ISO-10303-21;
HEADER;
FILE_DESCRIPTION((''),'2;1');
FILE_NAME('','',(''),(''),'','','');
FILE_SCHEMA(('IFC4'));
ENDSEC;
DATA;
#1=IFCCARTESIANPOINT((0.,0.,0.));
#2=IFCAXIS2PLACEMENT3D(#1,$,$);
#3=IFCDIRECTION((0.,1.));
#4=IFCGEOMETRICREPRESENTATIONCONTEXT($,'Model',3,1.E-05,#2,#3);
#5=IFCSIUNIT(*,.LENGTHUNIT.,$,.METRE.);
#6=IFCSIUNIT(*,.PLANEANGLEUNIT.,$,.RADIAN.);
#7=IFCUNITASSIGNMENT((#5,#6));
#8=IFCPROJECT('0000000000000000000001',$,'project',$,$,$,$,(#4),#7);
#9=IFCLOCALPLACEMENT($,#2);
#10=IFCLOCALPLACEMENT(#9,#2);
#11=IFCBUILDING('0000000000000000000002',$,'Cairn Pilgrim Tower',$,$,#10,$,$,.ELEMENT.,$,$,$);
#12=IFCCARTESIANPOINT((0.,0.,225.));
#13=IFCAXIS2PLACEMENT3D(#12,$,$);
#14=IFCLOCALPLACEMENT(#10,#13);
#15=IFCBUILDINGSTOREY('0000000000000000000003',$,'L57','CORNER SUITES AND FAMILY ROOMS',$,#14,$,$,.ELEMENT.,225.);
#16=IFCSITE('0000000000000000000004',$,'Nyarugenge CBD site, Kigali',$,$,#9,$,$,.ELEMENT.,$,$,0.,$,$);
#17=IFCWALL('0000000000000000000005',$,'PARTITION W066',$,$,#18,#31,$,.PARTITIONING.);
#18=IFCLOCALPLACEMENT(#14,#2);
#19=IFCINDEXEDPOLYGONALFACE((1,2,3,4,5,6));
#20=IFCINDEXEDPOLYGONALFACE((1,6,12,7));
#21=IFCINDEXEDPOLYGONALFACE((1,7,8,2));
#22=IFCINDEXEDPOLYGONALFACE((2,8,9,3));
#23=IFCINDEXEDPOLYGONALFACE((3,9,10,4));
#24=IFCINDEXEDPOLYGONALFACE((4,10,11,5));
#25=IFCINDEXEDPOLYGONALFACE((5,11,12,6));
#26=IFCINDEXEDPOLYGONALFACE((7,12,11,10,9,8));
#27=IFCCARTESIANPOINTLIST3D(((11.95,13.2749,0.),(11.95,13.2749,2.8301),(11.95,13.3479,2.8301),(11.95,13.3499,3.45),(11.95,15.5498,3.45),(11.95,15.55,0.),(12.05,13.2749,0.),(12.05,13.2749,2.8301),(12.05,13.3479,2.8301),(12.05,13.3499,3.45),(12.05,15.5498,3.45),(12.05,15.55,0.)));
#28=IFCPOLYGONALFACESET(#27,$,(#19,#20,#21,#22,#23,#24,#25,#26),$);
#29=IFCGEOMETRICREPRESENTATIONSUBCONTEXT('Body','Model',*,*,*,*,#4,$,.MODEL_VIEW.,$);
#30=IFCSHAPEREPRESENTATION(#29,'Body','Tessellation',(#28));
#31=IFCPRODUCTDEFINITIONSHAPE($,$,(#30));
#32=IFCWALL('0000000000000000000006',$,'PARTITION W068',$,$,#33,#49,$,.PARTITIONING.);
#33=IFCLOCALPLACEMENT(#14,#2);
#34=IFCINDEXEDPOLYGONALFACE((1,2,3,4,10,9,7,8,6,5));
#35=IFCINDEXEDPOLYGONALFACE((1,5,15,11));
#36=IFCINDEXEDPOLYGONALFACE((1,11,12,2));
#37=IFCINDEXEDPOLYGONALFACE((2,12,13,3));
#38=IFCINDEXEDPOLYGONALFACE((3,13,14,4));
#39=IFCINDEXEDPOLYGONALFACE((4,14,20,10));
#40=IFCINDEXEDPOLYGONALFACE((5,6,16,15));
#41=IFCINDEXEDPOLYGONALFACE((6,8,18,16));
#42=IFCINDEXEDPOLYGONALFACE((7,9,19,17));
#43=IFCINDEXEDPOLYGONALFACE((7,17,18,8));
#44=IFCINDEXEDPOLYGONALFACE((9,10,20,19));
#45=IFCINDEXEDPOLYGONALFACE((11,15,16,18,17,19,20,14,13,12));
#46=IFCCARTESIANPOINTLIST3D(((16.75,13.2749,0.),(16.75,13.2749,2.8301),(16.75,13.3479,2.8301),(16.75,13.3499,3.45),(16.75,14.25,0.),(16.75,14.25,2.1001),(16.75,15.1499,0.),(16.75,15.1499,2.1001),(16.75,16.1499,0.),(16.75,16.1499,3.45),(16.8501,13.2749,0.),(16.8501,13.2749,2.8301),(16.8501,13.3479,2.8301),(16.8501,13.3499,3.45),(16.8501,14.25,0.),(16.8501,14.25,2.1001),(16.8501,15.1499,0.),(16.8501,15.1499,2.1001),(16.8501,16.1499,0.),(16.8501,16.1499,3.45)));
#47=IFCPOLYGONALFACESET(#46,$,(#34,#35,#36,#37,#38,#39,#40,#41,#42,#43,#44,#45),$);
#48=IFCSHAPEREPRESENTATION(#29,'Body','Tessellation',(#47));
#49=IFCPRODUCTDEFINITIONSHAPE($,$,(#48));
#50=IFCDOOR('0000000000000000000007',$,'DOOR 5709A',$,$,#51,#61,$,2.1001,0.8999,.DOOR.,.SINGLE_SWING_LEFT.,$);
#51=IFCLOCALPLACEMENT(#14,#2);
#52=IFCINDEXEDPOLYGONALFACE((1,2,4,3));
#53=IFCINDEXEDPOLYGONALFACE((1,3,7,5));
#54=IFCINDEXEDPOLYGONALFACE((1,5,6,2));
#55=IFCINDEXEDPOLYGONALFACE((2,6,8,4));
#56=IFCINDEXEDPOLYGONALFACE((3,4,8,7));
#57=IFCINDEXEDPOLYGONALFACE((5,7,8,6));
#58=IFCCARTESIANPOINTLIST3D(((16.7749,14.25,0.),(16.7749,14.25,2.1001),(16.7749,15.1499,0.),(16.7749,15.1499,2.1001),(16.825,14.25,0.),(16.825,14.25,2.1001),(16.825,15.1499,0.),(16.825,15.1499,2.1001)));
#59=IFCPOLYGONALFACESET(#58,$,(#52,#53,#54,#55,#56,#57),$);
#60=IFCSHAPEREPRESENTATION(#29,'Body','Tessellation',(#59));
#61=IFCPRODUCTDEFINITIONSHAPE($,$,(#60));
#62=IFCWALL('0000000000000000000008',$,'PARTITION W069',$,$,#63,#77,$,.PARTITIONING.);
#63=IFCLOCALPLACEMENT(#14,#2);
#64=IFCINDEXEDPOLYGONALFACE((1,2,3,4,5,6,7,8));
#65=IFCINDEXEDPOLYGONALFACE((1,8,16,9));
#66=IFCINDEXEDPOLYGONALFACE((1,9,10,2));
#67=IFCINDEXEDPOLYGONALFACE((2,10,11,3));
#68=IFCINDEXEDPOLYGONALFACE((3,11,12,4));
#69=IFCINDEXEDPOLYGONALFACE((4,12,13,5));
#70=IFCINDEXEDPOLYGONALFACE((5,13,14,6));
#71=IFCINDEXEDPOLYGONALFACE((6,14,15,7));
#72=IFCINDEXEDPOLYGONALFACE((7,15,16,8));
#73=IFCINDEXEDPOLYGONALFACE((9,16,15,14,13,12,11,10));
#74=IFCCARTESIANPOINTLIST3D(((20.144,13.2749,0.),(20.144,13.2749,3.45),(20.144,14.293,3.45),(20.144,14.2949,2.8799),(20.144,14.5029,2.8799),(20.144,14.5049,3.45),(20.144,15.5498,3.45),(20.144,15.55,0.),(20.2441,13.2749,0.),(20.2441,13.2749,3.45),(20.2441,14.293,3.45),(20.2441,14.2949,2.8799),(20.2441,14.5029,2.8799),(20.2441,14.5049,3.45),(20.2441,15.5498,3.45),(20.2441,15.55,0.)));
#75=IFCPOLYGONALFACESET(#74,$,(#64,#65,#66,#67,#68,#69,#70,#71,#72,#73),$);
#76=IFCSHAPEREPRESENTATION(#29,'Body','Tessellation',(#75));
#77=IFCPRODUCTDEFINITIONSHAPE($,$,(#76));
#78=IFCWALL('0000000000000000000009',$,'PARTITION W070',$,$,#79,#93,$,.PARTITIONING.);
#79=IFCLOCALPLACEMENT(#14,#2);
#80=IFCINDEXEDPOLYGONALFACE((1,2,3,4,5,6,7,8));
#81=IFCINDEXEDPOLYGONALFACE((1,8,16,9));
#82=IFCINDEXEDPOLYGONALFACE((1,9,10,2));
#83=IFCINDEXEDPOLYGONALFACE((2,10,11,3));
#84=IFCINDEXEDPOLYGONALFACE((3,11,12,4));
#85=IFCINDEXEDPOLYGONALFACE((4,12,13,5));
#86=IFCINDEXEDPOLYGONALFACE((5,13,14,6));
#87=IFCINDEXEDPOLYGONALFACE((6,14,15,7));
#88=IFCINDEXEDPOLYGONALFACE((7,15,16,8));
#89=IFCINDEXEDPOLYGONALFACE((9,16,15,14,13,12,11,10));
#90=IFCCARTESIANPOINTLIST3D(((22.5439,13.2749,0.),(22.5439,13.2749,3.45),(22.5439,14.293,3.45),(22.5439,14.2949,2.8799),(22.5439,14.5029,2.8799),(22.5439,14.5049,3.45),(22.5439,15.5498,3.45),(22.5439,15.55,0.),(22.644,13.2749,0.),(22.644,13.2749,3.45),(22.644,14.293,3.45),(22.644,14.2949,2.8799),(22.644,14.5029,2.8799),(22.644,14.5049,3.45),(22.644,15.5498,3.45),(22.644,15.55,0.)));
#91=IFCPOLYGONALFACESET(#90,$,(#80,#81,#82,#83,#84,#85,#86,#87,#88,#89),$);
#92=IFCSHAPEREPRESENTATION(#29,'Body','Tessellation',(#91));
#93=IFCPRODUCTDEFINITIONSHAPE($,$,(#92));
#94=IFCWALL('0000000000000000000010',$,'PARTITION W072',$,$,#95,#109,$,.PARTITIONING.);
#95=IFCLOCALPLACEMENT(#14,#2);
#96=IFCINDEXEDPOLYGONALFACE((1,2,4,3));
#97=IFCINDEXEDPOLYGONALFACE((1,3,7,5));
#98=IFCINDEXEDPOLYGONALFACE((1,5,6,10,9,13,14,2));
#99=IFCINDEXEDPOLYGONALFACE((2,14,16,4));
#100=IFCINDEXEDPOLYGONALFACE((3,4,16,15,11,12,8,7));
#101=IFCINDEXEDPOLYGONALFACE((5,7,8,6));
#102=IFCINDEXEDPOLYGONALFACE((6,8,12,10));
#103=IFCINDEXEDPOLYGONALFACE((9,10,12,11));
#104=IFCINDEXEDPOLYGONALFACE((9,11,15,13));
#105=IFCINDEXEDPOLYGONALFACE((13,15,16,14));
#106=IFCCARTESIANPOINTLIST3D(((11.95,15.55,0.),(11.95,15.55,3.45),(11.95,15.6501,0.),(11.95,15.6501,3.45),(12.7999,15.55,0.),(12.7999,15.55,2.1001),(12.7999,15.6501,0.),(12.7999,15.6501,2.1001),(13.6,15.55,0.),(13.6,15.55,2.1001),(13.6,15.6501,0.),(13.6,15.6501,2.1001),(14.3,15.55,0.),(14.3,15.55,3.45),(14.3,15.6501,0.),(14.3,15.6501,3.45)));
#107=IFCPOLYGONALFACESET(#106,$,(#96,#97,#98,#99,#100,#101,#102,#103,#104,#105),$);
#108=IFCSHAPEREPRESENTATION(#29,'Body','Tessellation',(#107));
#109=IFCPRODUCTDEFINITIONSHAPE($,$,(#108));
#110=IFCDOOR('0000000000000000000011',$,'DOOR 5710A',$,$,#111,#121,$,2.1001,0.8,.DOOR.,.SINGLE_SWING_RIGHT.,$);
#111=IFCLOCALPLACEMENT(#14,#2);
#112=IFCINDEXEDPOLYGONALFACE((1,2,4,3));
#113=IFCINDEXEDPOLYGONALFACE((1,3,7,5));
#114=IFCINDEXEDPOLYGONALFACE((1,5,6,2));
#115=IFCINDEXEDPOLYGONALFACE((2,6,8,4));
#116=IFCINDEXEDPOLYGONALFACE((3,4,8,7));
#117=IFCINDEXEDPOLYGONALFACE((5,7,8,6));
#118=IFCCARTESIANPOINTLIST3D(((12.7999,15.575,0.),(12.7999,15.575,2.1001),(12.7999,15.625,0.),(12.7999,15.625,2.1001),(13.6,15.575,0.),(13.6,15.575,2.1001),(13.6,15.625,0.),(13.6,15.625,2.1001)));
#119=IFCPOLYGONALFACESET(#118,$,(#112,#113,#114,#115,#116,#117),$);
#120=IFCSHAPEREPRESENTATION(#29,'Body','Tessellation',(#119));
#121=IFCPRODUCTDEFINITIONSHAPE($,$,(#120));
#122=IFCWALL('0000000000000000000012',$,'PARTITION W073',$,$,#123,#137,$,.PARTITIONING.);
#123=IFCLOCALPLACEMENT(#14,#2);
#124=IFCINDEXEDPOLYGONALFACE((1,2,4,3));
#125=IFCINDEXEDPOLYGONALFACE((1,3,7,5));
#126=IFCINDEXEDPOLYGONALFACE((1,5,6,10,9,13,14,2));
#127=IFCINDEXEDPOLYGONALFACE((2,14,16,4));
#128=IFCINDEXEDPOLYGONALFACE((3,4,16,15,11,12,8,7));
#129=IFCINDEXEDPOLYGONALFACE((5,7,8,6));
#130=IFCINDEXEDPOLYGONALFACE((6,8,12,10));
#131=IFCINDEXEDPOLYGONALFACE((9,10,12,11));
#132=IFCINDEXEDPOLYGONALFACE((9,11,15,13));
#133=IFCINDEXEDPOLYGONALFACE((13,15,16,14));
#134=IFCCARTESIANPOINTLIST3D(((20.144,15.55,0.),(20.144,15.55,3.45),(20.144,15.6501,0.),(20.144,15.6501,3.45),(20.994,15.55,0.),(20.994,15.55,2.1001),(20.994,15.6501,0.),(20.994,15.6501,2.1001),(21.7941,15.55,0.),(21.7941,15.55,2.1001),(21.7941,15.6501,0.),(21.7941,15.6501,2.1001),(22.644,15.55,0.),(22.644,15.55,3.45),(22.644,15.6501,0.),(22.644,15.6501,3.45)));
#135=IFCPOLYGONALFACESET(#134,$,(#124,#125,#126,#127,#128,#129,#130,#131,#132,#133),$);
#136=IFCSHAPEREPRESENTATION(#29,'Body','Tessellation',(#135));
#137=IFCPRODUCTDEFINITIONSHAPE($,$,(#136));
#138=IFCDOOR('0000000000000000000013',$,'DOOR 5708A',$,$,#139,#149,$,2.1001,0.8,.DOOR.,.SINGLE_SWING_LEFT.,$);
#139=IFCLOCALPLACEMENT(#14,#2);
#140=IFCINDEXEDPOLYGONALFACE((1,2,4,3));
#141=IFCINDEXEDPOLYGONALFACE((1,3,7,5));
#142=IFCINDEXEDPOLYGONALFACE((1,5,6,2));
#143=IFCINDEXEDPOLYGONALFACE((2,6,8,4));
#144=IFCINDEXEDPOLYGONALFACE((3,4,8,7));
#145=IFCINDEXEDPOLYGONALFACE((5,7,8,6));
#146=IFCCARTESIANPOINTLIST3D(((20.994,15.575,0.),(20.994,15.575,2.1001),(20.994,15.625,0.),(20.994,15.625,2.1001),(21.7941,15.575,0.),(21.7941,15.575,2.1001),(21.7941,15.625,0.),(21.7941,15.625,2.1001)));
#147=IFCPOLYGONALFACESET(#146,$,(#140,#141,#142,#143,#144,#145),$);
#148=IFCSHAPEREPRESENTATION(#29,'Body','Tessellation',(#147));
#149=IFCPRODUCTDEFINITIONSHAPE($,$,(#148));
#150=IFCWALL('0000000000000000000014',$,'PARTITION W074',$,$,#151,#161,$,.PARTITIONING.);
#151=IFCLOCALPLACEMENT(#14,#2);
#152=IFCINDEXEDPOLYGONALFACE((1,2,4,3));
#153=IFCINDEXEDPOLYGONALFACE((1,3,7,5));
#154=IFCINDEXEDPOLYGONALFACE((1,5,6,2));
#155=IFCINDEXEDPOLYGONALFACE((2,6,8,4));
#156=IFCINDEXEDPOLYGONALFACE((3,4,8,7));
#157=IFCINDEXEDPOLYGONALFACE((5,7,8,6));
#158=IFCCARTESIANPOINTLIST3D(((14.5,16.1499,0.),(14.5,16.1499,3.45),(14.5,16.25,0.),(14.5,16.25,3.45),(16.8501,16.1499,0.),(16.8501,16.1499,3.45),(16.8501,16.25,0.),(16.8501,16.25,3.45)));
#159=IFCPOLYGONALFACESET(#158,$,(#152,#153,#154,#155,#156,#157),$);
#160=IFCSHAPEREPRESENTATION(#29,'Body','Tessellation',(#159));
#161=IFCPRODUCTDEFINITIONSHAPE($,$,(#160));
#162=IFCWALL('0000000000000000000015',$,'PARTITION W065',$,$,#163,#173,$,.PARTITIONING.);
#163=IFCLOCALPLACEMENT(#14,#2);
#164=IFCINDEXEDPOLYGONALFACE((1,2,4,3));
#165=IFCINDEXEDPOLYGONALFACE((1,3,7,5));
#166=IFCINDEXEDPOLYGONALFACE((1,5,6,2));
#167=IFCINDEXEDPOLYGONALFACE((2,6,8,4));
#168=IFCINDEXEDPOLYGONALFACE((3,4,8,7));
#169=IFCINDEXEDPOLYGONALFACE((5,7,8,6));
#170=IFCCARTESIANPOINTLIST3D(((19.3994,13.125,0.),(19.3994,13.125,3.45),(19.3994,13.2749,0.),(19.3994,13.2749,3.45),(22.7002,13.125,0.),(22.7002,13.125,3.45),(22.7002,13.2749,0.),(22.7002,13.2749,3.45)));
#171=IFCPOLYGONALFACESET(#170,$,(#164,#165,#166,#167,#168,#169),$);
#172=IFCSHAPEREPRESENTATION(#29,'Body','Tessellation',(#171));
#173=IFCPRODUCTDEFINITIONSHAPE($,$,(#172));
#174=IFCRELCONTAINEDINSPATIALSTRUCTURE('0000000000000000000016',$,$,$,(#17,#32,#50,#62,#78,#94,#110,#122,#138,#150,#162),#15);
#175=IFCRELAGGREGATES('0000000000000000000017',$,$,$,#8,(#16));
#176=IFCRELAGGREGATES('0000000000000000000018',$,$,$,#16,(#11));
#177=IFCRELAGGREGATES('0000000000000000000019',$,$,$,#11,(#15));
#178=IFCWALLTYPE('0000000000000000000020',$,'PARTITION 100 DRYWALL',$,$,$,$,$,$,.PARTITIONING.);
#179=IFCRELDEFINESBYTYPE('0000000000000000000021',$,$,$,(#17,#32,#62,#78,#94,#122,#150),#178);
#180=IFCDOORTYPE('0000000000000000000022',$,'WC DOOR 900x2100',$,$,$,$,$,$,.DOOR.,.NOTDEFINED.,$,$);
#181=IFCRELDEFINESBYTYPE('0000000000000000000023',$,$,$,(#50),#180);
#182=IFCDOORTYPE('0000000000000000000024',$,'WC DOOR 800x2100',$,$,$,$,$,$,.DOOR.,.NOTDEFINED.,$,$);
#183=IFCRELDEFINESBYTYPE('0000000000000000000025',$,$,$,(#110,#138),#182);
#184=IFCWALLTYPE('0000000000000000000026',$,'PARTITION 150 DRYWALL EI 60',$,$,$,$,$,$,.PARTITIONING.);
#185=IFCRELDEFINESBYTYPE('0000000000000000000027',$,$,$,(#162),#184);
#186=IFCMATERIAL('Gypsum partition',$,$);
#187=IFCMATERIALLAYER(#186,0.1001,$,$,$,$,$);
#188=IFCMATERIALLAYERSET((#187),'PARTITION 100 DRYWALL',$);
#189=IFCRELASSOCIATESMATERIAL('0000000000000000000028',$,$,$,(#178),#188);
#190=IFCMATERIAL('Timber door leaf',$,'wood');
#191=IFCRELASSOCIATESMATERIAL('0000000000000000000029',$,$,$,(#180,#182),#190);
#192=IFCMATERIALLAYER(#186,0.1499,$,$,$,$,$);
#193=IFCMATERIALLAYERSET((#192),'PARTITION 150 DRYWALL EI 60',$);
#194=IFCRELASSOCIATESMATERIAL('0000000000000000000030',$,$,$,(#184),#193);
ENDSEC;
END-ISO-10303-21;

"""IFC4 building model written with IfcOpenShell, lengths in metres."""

from ifc_helpers import new_model, si_unit, direction, frame, frame_2d, origin, place, context, subcontext, project, spatial, polyline, rectangle, outline, extrude, material, layer, layer_set, type_object, element, fill, save


model = new_model("IFC4")

# Units and contexts
model_context = context("Model", 3, precision=1e-05, world=origin(), true_north=direction((0.0, 1.0)))
body_context = subcontext(model_context, "Body", "Model", "MODEL_VIEW")
ifc_project = project(units=[si_unit("LENGTHUNIT", "METRE"), si_unit("PLANEANGLEUNIT", "RADIAN")], contexts=[model_context])

# Site, building, storey
site_placement = place(None, origin())
site = spatial("IfcSite", under=ifc_project, at=site_placement, Name="Nyarugenge CBD site, Kigali", CompositionType="ELEMENT", RefElevation=0.0)
building_placement = place(site_placement, origin())
building = spatial("IfcBuilding", under=site, at=building_placement, Name="Cairn Pilgrim Tower", CompositionType="ELEMENT")
storey_placement = place(building_placement, frame((0.0, 0.0, 225.0)))
storey = spatial("IfcBuildingStorey", under=building, at=storey_placement, Name="L57", Description="CORNER SUITES AND FAMILY ROOMS", CompositionType="ELEMENT", Elevation=225.0)

# Wall
ifc_material_1 = material(Name="Gypsum partition")
ifc_layer_1 = layer(ifc_material_1, 0.1001)
ifc_layer_set_1 = layer_set([ifc_layer_1], Name="PARTITION 100 DRYWALL")
wall_type_1 = type_object("IfcWallType", Name="PARTITION 100 DRYWALL", PredefinedType="PARTITIONING", material=ifc_layer_set_1)
wall_1_placement = place(storey_placement, frame((12.0, 13.2749, 0.0), z_axis=(0.0, 0.0, 1.0), x_axis=(0.0, 1.0, 0.0)))
element("IfcWall", 1, at=wall_1_placement, inside=storey, type_object=wall_type_1, Name="PARTITION W066", PredefinedType="PARTITIONING", context=body_context, shape_type="SweptSolid", body=[
    extrude(outline(polyline([(0.0, 0.0), (2.2751, 0.0), (2.2749, 3.45), (0.075, 3.45), (0.073, 2.8301), (0.0, 2.8301), (0.0, 0.0)])), frame((0.0, 0.05, 0.0), z_axis=(0.0, -1.0, 0.0), x_axis=(1.0, 0.0, 0.0)), (0.0, 0.0, 1.0), 0.1001),
])

# Wall, opening, door
wall_2_placement = place(storey_placement, frame((16.8, 13.2749, 0.0), z_axis=(0.0, 0.0, 1.0), x_axis=(0.0, 1.0, 0.0)))
wall_2 = element("IfcWall", 2, at=wall_2_placement, inside=storey, type_object=wall_type_1, Name="PARTITION W068", PredefinedType="PARTITIONING", context=body_context, shape_type="SweptSolid", body=[
    extrude(outline(polyline([(0.0, 0.0), (2.875, 0.0), (2.875, 3.45), (0.075, 3.45), (0.073, 2.8301), (0.0, 2.8301), (0.0, 0.0)])), frame((0.0, 0.05, 0.0), z_axis=(0.0, -1.0, 0.0), x_axis=(1.0, 0.0, 0.0)), (0.0, 0.0, 1.0), 0.1001),
])
opening_1_placement = place(wall_2_placement, frame((0.9751, 0.0, 0.0)))
opening_1 = element("IfcOpeningElement", 3, at=opening_1_placement, cuts=wall_2, PredefinedType="OPENING", context=body_context, shape_type="SweptSolid", body=[
    extrude(rectangle(XDim=0.8999, YDim=2.1001, at=frame_2d((0.45, 1.05))), frame((0.0, 0.0601, 0.0), z_axis=(0.0, -1.0, 0.0), x_axis=(1.0, 0.0, 0.0)), (0.0, 0.0, 1.0), 0.1201),
])
ifc_material_2 = material(Name="Timber door leaf", Category="wood")
door_type_1 = type_object("IfcDoorType", Name="WC DOOR 900x2100", OperationType="NOTDEFINED", PredefinedType="DOOR", material=ifc_material_2)
door_1_placement = place(opening_1_placement, frame((0.8999, 0.0, 0.0), z_axis=(0.0, 0.0, 1.0), x_axis=(-1.0, 0.0, 0.0)))
door_1 = element("IfcDoor", 4, at=door_1_placement, inside=storey, type_object=door_type_1, Name="DOOR 5709A", OperationType="SINGLE_SWING_LEFT", OverallHeight=2.1001, OverallWidth=0.8999, PredefinedType="DOOR", context=body_context, shape_type="SweptSolid", body=[
    extrude(rectangle(XDim=0.8999, YDim=2.1001, at=frame_2d((0.45, 1.05))), frame((0.0, 0.0249, 0.0), z_axis=(0.0, -1.0, 0.0), x_axis=(1.0, 0.0, 0.0)), (0.0, 0.0, 1.0), 0.05),
])
fill(opening_1, door_1)

# Walls
for number, where, z_axis, x_axis, name in (
    (5, (20.1941, 13.2749, 0.0), (0.0, 0.0, 1.0), (0.0, 1.0, 0.0), "PARTITION W069"),
    (6, (22.594, 13.2749, 0.0), (0.0, 0.0, 1.0), (0.0, 1.0, 0.0), "PARTITION W070"),
):
    element("IfcWall", number, at=place(storey_placement, frame(where, z_axis=z_axis, x_axis=x_axis)), inside=storey, type_object=wall_type_1, Name=name, PredefinedType="PARTITIONING", context=body_context, shape_type="SweptSolid", body=[
        extrude(outline(polyline([(0.0, 0.0), (2.2751, 0.0), (2.2749, 3.45), (1.23, 3.45), (1.228, 2.8799), (1.02, 2.8799), (1.0181, 3.45), (0.0, 3.45), (0.0, 0.0)])), frame((0.0, 0.05, 0.0), z_axis=(0.0, -1.0, 0.0), x_axis=(1.0, 0.0, 0.0)), (0.0, 0.0, 1.0), 0.1001),
    ])

# Walls, openings, doors
wall_3_placement = place(storey_placement, frame((11.95, 15.6001, 0.0), z_axis=(0.0, 0.0, 1.0), x_axis=(1.0, 0.0, 0.0)))
wall_3 = element("IfcWall", 7, at=wall_3_placement, inside=storey, type_object=wall_type_1, Name="PARTITION W072", PredefinedType="PARTITIONING", context=body_context, shape_type="SweptSolid", body=[
    extrude(rectangle(XDim=2.3501, YDim=0.1001, at=frame_2d((1.175, 0.0))), origin(), (0.0, 0.0, 1.0), 3.45),
])
opening_2_placement = place(wall_3_placement, frame((0.8501, 0.0, 0.0)))
opening_2 = element("IfcOpeningElement", 8, at=opening_2_placement, cuts=wall_3, PredefinedType="OPENING", context=body_context, shape_type="SweptSolid", body=[
    extrude(rectangle(XDim=0.8, YDim=2.1001, at=frame_2d((0.3999, 1.05))), frame((0.0, 0.0601, 0.0), z_axis=(0.0, -1.0, 0.0), x_axis=(1.0, 0.0, 0.0)), (0.0, 0.0, 1.0), 0.1201),
])
door_type_2 = type_object("IfcDoorType", Name="WC DOOR 800x2100", OperationType="NOTDEFINED", PredefinedType="DOOR", material=ifc_material_2)
door_2_placement = place(opening_2_placement, origin())
door_2 = element("IfcDoor", 9, at=door_2_placement, inside=storey, type_object=door_type_2, Name="DOOR 5710A", OperationType="SINGLE_SWING_RIGHT", OverallHeight=2.1001, OverallWidth=0.8, PredefinedType="DOOR", context=body_context, shape_type="SweptSolid", body=[
    extrude(rectangle(XDim=0.8, YDim=2.1001, at=frame_2d((0.3999, 1.05))), frame((0.0, 0.0249, 0.0), z_axis=(0.0, -1.0, 0.0), x_axis=(1.0, 0.0, 0.0)), (0.0, 0.0, 1.0), 0.05),
])
fill(opening_2, door_2)
wall_4_placement = place(storey_placement, frame((20.144, 15.6001, 0.0), z_axis=(0.0, 0.0, 1.0), x_axis=(1.0, 0.0, 0.0)))
wall_4 = element("IfcWall", 10, at=wall_4_placement, inside=storey, type_object=wall_type_1, Name="PARTITION W073", PredefinedType="PARTITIONING", context=body_context, shape_type="SweptSolid", body=[
    extrude(rectangle(XDim=2.5, YDim=0.1001, at=frame_2d((1.25, 0.0))), origin(), (0.0, 0.0, 1.0), 3.45),
])
opening_3_placement = place(wall_4_placement, frame((0.8501, 0.0, 0.0)))
opening_3 = element("IfcOpeningElement", 11, at=opening_3_placement, cuts=wall_4, PredefinedType="OPENING", context=body_context, shape_type="SweptSolid", body=[
    extrude(rectangle(XDim=0.8, YDim=2.1001, at=frame_2d((0.3999, 1.05))), frame((0.0, 0.0601, 0.0), z_axis=(0.0, -1.0, 0.0), x_axis=(1.0, 0.0, 0.0)), (0.0, 0.0, 1.0), 0.1201),
])
door_3_placement = place(opening_3_placement, origin())
door_3 = element("IfcDoor", 12, at=door_3_placement, inside=storey, type_object=door_type_2, Name="DOOR 5708A", OperationType="SINGLE_SWING_LEFT", OverallHeight=2.1001, OverallWidth=0.8, PredefinedType="DOOR", context=body_context, shape_type="SweptSolid", body=[
    extrude(rectangle(XDim=0.8, YDim=2.1001, at=frame_2d((0.3999, 1.05))), frame((0.0, 0.0249, 0.0), z_axis=(0.0, -1.0, 0.0), x_axis=(1.0, 0.0, 0.0)), (0.0, 0.0, 1.0), 0.05),
])
fill(opening_3, door_3)

# Walls
wall_5_placement = place(storey_placement, frame((14.5, 16.2, 0.0), z_axis=(0.0, 0.0, 1.0), x_axis=(1.0, 0.0, 0.0)))
element("IfcWall", 13, at=wall_5_placement, inside=storey, type_object=wall_type_1, Name="PARTITION W074", PredefinedType="PARTITIONING", context=body_context, shape_type="SweptSolid", body=[
    extrude(rectangle(XDim=2.3501, YDim=0.1001, at=frame_2d((1.175, 0.0))), origin(), (0.0, 0.0, 1.0), 3.45),
])
ifc_layer_2 = layer(ifc_material_1, 0.1499)
ifc_layer_set_2 = layer_set([ifc_layer_2], Name="PARTITION 150 DRYWALL EI 60")
wall_type_2 = type_object("IfcWallType", Name="PARTITION 150 DRYWALL EI 60", PredefinedType="PARTITIONING", material=ifc_layer_set_2)
wall_6_placement = place(storey_placement, frame((19.3994, 13.2, 0.0), z_axis=(0.0, 0.0, 1.0), x_axis=(1.0, 0.0, 0.0)))
element("IfcWall", 14, at=wall_6_placement, inside=storey, type_object=wall_type_2, Name="PARTITION W065", PredefinedType="PARTITIONING", context=body_context, shape_type="SweptSolid", body=[
    extrude(rectangle(XDim=3.3008, YDim=0.1499, at=frame_2d((1.6504, 0.0))), origin(), (0.0, 0.0, 1.0), 3.45),
])

save(model, "model.ifc")
